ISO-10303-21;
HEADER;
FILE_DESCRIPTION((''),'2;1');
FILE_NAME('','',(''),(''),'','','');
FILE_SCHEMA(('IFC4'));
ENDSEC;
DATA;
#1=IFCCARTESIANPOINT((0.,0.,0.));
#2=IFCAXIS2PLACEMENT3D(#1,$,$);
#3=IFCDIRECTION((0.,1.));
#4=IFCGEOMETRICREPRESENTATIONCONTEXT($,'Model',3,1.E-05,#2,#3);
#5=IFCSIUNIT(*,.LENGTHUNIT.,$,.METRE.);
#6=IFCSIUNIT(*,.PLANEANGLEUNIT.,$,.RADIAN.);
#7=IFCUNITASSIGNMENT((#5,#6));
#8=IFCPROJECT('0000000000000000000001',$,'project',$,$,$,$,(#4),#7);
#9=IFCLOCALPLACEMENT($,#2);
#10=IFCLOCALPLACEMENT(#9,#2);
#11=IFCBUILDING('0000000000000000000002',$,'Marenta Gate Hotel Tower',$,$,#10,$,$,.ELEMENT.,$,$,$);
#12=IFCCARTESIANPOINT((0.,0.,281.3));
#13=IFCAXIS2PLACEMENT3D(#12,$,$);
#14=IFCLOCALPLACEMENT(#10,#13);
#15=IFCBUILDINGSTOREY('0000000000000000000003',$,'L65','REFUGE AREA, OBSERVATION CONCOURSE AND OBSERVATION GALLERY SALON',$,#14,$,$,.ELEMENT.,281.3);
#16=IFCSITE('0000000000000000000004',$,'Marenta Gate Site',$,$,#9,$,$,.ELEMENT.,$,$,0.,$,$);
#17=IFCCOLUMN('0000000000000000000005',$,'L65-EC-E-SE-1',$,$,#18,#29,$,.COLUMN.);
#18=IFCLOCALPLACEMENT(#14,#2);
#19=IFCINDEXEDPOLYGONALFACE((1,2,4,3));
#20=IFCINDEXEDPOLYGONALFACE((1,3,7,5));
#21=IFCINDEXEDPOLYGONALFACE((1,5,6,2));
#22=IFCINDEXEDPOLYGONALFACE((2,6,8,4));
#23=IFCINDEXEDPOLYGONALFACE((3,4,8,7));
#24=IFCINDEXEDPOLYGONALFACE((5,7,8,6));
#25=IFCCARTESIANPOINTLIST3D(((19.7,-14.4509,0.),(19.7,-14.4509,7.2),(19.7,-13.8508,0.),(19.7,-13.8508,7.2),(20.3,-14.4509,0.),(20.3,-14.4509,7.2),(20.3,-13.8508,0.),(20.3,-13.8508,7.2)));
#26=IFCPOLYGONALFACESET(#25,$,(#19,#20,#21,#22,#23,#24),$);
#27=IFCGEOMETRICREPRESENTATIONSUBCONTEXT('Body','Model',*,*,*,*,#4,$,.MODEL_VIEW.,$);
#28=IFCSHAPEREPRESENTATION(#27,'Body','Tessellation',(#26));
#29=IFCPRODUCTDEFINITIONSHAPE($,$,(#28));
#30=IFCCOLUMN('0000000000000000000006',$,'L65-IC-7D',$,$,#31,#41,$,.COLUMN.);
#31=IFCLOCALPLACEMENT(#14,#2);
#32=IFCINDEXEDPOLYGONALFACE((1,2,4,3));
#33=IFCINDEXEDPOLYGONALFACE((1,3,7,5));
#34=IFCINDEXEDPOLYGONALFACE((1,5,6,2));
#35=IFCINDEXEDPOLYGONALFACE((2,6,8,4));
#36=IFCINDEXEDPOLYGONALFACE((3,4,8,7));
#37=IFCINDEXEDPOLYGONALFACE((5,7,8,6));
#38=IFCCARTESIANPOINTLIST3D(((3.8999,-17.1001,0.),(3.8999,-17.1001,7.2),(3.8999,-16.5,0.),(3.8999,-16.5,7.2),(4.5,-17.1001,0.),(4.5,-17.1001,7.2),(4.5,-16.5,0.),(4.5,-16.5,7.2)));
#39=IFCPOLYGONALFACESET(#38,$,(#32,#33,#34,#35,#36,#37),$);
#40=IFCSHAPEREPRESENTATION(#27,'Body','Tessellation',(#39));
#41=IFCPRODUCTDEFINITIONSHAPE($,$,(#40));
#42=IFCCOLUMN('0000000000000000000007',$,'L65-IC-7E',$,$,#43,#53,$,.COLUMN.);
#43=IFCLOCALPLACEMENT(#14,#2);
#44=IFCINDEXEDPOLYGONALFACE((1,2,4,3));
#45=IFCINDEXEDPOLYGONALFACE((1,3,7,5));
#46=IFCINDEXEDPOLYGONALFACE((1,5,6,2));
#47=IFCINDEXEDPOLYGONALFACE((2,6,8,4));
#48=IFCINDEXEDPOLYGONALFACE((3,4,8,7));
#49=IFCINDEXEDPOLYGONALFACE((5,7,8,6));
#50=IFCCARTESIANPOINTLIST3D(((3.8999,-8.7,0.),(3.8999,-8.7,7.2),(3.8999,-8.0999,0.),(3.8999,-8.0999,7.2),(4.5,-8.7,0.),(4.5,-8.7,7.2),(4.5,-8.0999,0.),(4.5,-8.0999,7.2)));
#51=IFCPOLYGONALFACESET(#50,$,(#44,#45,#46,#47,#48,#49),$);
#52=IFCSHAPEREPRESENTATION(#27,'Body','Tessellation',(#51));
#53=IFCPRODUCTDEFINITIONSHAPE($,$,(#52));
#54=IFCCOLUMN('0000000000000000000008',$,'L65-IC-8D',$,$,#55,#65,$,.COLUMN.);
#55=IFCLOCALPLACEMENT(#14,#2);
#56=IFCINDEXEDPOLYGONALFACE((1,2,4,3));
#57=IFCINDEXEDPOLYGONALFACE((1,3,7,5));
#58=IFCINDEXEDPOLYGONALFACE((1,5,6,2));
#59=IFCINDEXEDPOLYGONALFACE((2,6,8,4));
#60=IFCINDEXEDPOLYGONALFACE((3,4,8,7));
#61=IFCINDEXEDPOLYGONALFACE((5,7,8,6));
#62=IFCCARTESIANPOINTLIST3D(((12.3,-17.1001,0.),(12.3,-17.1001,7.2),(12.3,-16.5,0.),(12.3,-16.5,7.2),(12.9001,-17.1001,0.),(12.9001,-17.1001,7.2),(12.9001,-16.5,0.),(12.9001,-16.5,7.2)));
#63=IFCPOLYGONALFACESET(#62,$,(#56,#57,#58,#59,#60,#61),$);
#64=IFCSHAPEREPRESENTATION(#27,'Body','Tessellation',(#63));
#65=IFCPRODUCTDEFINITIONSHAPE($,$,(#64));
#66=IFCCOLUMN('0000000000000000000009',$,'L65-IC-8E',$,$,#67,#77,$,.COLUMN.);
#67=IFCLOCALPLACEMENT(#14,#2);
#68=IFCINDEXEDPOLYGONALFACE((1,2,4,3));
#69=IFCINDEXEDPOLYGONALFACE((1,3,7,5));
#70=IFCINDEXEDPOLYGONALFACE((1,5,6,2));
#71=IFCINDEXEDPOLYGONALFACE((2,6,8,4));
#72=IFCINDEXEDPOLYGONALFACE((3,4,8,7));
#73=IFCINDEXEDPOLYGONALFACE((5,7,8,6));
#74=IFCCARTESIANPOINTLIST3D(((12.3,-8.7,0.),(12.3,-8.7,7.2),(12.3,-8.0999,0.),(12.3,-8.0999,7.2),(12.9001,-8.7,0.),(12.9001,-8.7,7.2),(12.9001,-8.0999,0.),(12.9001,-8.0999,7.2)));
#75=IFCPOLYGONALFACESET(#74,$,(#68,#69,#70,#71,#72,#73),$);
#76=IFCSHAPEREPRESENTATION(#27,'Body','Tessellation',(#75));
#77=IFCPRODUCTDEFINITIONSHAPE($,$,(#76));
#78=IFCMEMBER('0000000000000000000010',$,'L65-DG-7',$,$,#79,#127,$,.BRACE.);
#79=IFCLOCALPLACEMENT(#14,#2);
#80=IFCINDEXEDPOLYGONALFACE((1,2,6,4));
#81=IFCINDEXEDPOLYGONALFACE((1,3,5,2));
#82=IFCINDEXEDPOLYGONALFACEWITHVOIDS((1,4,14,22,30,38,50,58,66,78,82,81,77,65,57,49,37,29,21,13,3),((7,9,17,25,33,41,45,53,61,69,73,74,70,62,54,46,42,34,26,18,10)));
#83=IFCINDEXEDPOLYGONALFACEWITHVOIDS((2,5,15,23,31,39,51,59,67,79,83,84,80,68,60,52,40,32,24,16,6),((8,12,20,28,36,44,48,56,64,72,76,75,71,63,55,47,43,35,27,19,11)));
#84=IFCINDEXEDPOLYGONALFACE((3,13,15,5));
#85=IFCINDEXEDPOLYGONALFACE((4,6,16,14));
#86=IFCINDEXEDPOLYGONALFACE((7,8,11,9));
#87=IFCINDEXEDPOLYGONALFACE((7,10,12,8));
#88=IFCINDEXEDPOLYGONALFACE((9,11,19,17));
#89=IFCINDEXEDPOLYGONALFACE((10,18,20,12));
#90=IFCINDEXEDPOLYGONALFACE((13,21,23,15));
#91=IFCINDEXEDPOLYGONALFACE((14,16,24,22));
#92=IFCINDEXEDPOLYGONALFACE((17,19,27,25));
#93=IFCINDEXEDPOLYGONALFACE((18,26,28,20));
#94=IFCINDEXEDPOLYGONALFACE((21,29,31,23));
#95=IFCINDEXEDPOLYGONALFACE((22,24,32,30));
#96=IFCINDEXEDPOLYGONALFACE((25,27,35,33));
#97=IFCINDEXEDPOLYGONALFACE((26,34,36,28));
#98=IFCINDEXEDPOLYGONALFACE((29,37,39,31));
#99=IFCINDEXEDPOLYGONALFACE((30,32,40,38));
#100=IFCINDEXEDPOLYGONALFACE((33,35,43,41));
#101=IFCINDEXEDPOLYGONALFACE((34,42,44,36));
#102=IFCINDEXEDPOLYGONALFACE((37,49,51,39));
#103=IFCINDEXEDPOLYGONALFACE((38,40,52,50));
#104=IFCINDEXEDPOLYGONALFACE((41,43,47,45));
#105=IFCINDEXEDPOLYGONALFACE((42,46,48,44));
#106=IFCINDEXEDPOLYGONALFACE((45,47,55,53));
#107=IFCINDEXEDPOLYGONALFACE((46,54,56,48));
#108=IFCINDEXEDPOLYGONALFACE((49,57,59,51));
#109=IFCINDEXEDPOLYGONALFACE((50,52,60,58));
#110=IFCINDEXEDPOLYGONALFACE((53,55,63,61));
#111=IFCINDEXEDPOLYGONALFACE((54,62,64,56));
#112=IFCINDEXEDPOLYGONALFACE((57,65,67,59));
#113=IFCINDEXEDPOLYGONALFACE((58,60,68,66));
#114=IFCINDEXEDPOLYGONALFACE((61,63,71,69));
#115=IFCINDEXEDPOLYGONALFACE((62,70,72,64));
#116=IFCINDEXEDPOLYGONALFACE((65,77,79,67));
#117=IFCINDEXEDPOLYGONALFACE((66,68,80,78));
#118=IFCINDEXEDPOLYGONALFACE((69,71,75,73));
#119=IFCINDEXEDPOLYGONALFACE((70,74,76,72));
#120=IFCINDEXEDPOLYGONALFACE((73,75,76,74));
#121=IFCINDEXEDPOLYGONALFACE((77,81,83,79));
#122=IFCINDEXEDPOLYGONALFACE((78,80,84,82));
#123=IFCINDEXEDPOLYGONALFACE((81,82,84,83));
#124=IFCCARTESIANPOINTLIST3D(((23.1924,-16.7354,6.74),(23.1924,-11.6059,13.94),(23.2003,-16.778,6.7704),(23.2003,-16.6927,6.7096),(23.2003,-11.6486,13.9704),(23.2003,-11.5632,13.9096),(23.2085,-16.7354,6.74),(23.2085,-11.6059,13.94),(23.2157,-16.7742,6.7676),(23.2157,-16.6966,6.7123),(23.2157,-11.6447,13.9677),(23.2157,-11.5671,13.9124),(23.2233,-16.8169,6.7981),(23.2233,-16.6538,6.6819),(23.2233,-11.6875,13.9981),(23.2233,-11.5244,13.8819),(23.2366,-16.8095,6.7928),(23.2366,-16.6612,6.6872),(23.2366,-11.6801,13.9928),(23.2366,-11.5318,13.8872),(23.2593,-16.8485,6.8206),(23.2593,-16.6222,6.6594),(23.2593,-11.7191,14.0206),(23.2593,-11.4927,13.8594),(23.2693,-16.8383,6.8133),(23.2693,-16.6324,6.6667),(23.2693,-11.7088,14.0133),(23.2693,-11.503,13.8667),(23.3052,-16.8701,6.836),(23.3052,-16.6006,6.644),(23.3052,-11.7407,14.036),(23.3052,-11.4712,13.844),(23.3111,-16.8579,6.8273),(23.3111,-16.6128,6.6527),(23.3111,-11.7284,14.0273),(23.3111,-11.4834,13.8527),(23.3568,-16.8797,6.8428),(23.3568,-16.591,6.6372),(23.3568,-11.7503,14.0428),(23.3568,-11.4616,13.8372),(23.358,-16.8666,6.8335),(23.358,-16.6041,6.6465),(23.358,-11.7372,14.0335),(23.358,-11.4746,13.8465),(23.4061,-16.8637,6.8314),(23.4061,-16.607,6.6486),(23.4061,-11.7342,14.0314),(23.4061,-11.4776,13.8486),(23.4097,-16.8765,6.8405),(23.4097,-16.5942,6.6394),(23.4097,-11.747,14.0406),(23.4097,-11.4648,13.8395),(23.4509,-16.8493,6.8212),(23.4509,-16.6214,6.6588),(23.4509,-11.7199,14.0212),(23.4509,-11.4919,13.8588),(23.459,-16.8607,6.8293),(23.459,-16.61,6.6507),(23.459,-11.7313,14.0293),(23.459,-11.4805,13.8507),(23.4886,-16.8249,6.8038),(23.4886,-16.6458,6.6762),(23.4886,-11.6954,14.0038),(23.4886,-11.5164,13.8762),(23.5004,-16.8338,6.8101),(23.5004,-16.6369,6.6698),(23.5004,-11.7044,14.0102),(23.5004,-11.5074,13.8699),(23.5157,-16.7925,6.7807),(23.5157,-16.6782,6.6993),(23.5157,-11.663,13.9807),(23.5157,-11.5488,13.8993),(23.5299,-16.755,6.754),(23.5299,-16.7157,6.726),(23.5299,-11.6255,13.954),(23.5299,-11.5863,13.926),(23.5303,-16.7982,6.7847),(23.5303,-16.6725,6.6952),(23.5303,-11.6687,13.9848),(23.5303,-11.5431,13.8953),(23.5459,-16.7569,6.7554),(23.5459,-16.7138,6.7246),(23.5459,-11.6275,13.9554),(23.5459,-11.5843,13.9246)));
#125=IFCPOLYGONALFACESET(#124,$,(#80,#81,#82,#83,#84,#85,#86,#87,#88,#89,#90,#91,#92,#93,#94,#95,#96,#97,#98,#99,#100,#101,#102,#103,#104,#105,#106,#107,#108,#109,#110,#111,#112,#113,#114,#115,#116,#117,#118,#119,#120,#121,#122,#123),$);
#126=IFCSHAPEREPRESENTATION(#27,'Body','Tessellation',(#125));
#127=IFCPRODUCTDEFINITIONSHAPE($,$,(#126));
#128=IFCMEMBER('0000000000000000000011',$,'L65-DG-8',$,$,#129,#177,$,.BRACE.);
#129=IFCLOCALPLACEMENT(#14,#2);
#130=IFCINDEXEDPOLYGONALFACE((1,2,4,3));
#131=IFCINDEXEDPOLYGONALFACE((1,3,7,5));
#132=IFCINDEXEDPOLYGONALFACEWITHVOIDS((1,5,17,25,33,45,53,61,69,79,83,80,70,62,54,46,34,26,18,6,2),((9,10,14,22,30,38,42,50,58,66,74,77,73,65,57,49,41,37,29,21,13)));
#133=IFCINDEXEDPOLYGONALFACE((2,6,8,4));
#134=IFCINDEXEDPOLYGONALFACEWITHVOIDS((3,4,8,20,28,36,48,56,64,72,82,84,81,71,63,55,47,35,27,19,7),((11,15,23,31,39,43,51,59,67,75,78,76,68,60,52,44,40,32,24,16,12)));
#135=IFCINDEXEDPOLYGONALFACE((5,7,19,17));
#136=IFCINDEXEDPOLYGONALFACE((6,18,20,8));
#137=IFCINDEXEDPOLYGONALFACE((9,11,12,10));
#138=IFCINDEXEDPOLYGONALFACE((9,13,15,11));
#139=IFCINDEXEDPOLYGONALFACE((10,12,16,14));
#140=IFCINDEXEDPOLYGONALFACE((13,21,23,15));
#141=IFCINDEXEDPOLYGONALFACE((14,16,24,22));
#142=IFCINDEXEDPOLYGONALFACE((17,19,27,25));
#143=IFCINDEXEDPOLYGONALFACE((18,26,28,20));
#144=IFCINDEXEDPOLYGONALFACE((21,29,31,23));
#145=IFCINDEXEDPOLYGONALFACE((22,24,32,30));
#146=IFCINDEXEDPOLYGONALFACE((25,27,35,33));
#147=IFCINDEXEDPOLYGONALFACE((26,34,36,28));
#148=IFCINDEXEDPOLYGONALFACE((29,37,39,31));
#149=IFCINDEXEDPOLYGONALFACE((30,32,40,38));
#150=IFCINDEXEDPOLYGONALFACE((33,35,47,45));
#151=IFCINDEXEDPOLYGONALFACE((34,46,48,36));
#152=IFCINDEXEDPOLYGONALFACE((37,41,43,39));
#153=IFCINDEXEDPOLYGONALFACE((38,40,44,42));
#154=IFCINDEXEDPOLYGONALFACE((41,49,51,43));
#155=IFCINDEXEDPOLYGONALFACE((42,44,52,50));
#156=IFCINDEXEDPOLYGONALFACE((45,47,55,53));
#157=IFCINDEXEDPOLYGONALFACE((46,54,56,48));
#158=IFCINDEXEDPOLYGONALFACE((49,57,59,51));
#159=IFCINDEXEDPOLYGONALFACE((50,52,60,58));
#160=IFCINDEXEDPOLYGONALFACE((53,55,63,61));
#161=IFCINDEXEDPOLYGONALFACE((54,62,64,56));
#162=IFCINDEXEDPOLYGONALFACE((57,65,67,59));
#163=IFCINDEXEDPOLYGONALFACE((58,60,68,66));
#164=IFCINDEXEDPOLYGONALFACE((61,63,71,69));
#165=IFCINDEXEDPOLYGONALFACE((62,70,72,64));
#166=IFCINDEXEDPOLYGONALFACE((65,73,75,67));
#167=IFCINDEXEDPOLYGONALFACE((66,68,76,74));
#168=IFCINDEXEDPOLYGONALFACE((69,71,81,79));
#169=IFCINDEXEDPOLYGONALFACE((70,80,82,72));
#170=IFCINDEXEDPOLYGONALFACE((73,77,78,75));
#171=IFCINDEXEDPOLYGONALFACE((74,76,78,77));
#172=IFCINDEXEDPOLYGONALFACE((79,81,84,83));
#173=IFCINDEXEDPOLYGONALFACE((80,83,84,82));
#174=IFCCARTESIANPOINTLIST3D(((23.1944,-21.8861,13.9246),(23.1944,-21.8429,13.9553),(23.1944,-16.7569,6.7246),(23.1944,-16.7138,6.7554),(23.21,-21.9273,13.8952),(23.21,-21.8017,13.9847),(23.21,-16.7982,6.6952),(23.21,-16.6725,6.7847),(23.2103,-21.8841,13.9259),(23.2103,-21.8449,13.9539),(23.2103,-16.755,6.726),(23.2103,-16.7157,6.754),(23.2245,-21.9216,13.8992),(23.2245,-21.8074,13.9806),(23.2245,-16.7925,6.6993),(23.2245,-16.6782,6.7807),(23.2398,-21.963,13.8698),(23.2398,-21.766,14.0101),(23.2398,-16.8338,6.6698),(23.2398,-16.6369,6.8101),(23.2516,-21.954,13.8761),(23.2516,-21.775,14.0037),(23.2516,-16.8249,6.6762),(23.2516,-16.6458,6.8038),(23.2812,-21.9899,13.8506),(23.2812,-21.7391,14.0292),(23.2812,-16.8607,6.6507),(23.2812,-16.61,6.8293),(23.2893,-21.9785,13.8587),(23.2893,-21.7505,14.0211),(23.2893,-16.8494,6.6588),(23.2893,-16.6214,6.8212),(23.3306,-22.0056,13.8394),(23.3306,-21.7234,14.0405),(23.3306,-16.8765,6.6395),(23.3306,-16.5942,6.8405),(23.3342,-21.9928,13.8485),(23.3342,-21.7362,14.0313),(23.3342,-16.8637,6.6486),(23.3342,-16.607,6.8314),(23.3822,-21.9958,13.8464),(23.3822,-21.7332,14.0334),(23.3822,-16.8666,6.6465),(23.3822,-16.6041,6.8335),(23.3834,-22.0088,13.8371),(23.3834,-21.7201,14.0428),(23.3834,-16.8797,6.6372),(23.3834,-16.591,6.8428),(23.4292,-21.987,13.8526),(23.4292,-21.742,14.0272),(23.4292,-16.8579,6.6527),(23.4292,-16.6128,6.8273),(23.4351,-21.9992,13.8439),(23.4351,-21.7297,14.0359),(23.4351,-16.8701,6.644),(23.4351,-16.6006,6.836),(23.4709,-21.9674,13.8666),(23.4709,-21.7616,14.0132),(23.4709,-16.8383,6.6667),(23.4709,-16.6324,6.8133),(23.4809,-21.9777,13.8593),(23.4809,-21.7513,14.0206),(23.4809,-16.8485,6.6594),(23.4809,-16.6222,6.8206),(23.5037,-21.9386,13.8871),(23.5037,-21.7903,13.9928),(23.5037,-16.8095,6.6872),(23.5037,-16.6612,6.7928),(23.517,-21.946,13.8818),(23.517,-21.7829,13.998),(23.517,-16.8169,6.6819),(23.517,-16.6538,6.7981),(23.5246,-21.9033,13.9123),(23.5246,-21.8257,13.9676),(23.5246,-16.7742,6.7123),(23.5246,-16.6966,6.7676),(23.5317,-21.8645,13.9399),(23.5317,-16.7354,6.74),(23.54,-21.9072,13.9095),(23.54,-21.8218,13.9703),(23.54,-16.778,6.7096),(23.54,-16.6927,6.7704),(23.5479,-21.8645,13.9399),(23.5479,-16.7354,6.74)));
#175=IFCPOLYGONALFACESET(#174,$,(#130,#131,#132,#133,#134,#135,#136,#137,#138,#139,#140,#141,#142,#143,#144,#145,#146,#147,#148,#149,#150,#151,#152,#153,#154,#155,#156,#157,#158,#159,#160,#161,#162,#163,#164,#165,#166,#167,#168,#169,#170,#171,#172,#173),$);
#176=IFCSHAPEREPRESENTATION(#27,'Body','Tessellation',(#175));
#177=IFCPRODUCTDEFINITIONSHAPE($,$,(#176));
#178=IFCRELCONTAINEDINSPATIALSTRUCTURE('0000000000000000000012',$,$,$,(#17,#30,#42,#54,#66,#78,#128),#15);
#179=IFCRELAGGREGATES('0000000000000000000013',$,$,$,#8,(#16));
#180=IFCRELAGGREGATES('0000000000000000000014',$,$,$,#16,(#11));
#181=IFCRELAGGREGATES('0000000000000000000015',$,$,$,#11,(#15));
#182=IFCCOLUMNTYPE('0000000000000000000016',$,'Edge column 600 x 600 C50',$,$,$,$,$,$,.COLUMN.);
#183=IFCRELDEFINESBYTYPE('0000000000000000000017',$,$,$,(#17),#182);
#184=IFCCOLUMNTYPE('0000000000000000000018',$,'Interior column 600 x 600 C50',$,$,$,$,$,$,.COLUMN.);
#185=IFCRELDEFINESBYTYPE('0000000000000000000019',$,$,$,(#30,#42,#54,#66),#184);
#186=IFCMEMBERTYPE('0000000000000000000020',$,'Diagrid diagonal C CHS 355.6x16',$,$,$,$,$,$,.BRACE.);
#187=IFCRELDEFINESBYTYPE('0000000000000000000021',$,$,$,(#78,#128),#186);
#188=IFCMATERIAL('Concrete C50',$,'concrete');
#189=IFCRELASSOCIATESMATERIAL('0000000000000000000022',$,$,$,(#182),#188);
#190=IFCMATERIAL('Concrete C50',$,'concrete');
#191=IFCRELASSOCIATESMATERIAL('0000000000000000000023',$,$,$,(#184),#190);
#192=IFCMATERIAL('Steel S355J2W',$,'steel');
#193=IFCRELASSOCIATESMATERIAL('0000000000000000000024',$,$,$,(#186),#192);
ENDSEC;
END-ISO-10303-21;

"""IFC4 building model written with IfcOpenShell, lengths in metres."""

from ifc_helpers import new_model, si_unit, direction, frame, origin, origin_2d, place, context, subcontext, project, spatial, rectangle, hollow_circle, extrude, material, material_profile, profile_set, type_object, element, save


model = new_model("IFC4")

# Units and contexts
model_context = context("Model", 3, precision=1e-05, world=origin(), true_north=direction((0.0, 1.0)))
body_context = subcontext(model_context, "Body", "Model", "MODEL_VIEW")
ifc_project = project(units=[si_unit("LENGTHUNIT", "METRE"), si_unit("PLANEANGLEUNIT", "RADIAN")], contexts=[model_context])

# Site, building, storey
site_placement = place(None, origin())
site = spatial("IfcSite", under=ifc_project, at=site_placement, Name="Marenta Gate Site", CompositionType="ELEMENT", RefElevation=0.0)
building_placement = place(site_placement, origin())
building = spatial("IfcBuilding", under=site, at=building_placement, Name="Marenta Gate Hotel Tower", CompositionType="ELEMENT")
storey_placement = place(building_placement, frame((0.0, 0.0, 281.3)))
storey = spatial("IfcBuildingStorey", under=building, at=storey_placement, Name="L65", Description="REFUGE AREA, OBSERVATION CONCOURSE AND OBSERVATION GALLERY SALON", CompositionType="ELEMENT", Elevation=281.3)

# Columns
ifc_material_1 = material(Name="Concrete C50", Category="concrete")
ifc_material_profile_1 = material_profile(ifc_material_1, rectangle(XDim=0.6001, YDim=0.6001, at=origin_2d()), Name="600 x 600")
ifc_profile_set_1 = profile_set([ifc_material_profile_1], Name="Concrete C50")
column_type_1 = type_object("IfcColumnType", Name="Edge column 600 x 600 C50", PredefinedType="COLUMN", material=ifc_profile_set_1)
column_placement = place(storey_placement, frame((20.0, -14.1509, 0.0), z_axis=(0.0, 0.0, 1.0), x_axis=(1.0, 0.0, 0.0)))
element("IfcColumn", 1, at=column_placement, inside=storey, type_object=column_type_1, Name="L65-EC-E-SE-1", PredefinedType="COLUMN", context=body_context, shape_type="SweptSolid", body=[
    extrude(rectangle(XDim=0.6001, YDim=0.6001, at=origin_2d()), origin(), (0.0, 0.0, 1.0), 7.2),
])
ifc_material_2 = material(Name="Concrete C50", Category="concrete")
ifc_material_profile_2 = material_profile(ifc_material_2, rectangle(XDim=0.6001, YDim=0.6001, at=origin_2d()), Name="600 x 600")
ifc_profile_set_2 = profile_set([ifc_material_profile_2], Name="Concrete C50")
column_type_2 = type_object("IfcColumnType", Name="Interior column 600 x 600 C50", PredefinedType="COLUMN", material=ifc_profile_set_2)
for number, where, z_axis, x_axis, name in (
    (2, (4.2, -16.8, 0.0), (0.0, 0.0, 1.0), (1.0, 0.0, 0.0), "L65-IC-7D"),
    (3, (4.2, -8.3999, 0.0), (0.0, 0.0, 1.0), (1.0, 0.0, 0.0), "L65-IC-7E"),
    (4, (12.6001, -16.8, 0.0), (0.0, 0.0, 1.0), (1.0, 0.0, 0.0), "L65-IC-8D"),
    (5, (12.6001, -8.3999, 0.0), (0.0, 0.0, 1.0), (1.0, 0.0, 0.0), "L65-IC-8E"),
):
    element("IfcColumn", number, at=place(storey_placement, frame(where, z_axis=z_axis, x_axis=x_axis)), inside=storey, type_object=column_type_2, Name=name, PredefinedType="COLUMN", context=body_context, shape_type="SweptSolid", body=[
        extrude(rectangle(XDim=0.6001, YDim=0.6001, at=origin_2d()), origin(), (0.0, 0.0, 1.0), 7.2),
    ])

# Members
ifc_material_3 = material(Name="Steel S355J2W", Category="steel")
ifc_material_profile_3 = material_profile(ifc_material_3, hollow_circle(Radius=0.1777, WallThickness=0.0161, at=origin_2d()), Name="CHS 355.6x16")
ifc_profile_set_3 = profile_set([ifc_material_profile_3], Name="Steel S355J2W")
member_type_1 = type_object("IfcMemberType", Name="Diagrid diagonal C CHS 355.6x16", PredefinedType="BRACE", material=ifc_profile_set_3)
member_1_placement = place(storey_placement, frame((23.3701, -16.7354, 6.74), z_axis=(0.0, 0.580232, 0.814451), x_axis=(-1.0, 0.0, 0.0)))
element("IfcMember", 6, at=member_1_placement, inside=storey, type_object=member_type_1, Name="L65-DG-7", PredefinedType="BRACE", context=body_context, shape_type="SweptSolid", body=[
    extrude(hollow_circle(Radius=0.1777, WallThickness=0.0161, at=origin_2d()), origin(), (0.0, 0.0, 1.0), 8.8403),
])
member_2_placement = place(storey_placement, frame((23.3701, -16.7354, 6.74), z_axis=(0.0, -0.580214, 0.814464), x_axis=(1.0, 0.0, 0.0)))
element("IfcMember", 7, at=member_2_placement, inside=storey, type_object=member_type_1, Name="L65-DG-8", PredefinedType="BRACE", context=body_context, shape_type="SweptSolid", body=[
    extrude(hollow_circle(Radius=0.1777, WallThickness=0.0161, at=origin_2d()), origin(), (0.0, 0.0, 1.0), 8.8401),
])

save(model, "model.ifc")
